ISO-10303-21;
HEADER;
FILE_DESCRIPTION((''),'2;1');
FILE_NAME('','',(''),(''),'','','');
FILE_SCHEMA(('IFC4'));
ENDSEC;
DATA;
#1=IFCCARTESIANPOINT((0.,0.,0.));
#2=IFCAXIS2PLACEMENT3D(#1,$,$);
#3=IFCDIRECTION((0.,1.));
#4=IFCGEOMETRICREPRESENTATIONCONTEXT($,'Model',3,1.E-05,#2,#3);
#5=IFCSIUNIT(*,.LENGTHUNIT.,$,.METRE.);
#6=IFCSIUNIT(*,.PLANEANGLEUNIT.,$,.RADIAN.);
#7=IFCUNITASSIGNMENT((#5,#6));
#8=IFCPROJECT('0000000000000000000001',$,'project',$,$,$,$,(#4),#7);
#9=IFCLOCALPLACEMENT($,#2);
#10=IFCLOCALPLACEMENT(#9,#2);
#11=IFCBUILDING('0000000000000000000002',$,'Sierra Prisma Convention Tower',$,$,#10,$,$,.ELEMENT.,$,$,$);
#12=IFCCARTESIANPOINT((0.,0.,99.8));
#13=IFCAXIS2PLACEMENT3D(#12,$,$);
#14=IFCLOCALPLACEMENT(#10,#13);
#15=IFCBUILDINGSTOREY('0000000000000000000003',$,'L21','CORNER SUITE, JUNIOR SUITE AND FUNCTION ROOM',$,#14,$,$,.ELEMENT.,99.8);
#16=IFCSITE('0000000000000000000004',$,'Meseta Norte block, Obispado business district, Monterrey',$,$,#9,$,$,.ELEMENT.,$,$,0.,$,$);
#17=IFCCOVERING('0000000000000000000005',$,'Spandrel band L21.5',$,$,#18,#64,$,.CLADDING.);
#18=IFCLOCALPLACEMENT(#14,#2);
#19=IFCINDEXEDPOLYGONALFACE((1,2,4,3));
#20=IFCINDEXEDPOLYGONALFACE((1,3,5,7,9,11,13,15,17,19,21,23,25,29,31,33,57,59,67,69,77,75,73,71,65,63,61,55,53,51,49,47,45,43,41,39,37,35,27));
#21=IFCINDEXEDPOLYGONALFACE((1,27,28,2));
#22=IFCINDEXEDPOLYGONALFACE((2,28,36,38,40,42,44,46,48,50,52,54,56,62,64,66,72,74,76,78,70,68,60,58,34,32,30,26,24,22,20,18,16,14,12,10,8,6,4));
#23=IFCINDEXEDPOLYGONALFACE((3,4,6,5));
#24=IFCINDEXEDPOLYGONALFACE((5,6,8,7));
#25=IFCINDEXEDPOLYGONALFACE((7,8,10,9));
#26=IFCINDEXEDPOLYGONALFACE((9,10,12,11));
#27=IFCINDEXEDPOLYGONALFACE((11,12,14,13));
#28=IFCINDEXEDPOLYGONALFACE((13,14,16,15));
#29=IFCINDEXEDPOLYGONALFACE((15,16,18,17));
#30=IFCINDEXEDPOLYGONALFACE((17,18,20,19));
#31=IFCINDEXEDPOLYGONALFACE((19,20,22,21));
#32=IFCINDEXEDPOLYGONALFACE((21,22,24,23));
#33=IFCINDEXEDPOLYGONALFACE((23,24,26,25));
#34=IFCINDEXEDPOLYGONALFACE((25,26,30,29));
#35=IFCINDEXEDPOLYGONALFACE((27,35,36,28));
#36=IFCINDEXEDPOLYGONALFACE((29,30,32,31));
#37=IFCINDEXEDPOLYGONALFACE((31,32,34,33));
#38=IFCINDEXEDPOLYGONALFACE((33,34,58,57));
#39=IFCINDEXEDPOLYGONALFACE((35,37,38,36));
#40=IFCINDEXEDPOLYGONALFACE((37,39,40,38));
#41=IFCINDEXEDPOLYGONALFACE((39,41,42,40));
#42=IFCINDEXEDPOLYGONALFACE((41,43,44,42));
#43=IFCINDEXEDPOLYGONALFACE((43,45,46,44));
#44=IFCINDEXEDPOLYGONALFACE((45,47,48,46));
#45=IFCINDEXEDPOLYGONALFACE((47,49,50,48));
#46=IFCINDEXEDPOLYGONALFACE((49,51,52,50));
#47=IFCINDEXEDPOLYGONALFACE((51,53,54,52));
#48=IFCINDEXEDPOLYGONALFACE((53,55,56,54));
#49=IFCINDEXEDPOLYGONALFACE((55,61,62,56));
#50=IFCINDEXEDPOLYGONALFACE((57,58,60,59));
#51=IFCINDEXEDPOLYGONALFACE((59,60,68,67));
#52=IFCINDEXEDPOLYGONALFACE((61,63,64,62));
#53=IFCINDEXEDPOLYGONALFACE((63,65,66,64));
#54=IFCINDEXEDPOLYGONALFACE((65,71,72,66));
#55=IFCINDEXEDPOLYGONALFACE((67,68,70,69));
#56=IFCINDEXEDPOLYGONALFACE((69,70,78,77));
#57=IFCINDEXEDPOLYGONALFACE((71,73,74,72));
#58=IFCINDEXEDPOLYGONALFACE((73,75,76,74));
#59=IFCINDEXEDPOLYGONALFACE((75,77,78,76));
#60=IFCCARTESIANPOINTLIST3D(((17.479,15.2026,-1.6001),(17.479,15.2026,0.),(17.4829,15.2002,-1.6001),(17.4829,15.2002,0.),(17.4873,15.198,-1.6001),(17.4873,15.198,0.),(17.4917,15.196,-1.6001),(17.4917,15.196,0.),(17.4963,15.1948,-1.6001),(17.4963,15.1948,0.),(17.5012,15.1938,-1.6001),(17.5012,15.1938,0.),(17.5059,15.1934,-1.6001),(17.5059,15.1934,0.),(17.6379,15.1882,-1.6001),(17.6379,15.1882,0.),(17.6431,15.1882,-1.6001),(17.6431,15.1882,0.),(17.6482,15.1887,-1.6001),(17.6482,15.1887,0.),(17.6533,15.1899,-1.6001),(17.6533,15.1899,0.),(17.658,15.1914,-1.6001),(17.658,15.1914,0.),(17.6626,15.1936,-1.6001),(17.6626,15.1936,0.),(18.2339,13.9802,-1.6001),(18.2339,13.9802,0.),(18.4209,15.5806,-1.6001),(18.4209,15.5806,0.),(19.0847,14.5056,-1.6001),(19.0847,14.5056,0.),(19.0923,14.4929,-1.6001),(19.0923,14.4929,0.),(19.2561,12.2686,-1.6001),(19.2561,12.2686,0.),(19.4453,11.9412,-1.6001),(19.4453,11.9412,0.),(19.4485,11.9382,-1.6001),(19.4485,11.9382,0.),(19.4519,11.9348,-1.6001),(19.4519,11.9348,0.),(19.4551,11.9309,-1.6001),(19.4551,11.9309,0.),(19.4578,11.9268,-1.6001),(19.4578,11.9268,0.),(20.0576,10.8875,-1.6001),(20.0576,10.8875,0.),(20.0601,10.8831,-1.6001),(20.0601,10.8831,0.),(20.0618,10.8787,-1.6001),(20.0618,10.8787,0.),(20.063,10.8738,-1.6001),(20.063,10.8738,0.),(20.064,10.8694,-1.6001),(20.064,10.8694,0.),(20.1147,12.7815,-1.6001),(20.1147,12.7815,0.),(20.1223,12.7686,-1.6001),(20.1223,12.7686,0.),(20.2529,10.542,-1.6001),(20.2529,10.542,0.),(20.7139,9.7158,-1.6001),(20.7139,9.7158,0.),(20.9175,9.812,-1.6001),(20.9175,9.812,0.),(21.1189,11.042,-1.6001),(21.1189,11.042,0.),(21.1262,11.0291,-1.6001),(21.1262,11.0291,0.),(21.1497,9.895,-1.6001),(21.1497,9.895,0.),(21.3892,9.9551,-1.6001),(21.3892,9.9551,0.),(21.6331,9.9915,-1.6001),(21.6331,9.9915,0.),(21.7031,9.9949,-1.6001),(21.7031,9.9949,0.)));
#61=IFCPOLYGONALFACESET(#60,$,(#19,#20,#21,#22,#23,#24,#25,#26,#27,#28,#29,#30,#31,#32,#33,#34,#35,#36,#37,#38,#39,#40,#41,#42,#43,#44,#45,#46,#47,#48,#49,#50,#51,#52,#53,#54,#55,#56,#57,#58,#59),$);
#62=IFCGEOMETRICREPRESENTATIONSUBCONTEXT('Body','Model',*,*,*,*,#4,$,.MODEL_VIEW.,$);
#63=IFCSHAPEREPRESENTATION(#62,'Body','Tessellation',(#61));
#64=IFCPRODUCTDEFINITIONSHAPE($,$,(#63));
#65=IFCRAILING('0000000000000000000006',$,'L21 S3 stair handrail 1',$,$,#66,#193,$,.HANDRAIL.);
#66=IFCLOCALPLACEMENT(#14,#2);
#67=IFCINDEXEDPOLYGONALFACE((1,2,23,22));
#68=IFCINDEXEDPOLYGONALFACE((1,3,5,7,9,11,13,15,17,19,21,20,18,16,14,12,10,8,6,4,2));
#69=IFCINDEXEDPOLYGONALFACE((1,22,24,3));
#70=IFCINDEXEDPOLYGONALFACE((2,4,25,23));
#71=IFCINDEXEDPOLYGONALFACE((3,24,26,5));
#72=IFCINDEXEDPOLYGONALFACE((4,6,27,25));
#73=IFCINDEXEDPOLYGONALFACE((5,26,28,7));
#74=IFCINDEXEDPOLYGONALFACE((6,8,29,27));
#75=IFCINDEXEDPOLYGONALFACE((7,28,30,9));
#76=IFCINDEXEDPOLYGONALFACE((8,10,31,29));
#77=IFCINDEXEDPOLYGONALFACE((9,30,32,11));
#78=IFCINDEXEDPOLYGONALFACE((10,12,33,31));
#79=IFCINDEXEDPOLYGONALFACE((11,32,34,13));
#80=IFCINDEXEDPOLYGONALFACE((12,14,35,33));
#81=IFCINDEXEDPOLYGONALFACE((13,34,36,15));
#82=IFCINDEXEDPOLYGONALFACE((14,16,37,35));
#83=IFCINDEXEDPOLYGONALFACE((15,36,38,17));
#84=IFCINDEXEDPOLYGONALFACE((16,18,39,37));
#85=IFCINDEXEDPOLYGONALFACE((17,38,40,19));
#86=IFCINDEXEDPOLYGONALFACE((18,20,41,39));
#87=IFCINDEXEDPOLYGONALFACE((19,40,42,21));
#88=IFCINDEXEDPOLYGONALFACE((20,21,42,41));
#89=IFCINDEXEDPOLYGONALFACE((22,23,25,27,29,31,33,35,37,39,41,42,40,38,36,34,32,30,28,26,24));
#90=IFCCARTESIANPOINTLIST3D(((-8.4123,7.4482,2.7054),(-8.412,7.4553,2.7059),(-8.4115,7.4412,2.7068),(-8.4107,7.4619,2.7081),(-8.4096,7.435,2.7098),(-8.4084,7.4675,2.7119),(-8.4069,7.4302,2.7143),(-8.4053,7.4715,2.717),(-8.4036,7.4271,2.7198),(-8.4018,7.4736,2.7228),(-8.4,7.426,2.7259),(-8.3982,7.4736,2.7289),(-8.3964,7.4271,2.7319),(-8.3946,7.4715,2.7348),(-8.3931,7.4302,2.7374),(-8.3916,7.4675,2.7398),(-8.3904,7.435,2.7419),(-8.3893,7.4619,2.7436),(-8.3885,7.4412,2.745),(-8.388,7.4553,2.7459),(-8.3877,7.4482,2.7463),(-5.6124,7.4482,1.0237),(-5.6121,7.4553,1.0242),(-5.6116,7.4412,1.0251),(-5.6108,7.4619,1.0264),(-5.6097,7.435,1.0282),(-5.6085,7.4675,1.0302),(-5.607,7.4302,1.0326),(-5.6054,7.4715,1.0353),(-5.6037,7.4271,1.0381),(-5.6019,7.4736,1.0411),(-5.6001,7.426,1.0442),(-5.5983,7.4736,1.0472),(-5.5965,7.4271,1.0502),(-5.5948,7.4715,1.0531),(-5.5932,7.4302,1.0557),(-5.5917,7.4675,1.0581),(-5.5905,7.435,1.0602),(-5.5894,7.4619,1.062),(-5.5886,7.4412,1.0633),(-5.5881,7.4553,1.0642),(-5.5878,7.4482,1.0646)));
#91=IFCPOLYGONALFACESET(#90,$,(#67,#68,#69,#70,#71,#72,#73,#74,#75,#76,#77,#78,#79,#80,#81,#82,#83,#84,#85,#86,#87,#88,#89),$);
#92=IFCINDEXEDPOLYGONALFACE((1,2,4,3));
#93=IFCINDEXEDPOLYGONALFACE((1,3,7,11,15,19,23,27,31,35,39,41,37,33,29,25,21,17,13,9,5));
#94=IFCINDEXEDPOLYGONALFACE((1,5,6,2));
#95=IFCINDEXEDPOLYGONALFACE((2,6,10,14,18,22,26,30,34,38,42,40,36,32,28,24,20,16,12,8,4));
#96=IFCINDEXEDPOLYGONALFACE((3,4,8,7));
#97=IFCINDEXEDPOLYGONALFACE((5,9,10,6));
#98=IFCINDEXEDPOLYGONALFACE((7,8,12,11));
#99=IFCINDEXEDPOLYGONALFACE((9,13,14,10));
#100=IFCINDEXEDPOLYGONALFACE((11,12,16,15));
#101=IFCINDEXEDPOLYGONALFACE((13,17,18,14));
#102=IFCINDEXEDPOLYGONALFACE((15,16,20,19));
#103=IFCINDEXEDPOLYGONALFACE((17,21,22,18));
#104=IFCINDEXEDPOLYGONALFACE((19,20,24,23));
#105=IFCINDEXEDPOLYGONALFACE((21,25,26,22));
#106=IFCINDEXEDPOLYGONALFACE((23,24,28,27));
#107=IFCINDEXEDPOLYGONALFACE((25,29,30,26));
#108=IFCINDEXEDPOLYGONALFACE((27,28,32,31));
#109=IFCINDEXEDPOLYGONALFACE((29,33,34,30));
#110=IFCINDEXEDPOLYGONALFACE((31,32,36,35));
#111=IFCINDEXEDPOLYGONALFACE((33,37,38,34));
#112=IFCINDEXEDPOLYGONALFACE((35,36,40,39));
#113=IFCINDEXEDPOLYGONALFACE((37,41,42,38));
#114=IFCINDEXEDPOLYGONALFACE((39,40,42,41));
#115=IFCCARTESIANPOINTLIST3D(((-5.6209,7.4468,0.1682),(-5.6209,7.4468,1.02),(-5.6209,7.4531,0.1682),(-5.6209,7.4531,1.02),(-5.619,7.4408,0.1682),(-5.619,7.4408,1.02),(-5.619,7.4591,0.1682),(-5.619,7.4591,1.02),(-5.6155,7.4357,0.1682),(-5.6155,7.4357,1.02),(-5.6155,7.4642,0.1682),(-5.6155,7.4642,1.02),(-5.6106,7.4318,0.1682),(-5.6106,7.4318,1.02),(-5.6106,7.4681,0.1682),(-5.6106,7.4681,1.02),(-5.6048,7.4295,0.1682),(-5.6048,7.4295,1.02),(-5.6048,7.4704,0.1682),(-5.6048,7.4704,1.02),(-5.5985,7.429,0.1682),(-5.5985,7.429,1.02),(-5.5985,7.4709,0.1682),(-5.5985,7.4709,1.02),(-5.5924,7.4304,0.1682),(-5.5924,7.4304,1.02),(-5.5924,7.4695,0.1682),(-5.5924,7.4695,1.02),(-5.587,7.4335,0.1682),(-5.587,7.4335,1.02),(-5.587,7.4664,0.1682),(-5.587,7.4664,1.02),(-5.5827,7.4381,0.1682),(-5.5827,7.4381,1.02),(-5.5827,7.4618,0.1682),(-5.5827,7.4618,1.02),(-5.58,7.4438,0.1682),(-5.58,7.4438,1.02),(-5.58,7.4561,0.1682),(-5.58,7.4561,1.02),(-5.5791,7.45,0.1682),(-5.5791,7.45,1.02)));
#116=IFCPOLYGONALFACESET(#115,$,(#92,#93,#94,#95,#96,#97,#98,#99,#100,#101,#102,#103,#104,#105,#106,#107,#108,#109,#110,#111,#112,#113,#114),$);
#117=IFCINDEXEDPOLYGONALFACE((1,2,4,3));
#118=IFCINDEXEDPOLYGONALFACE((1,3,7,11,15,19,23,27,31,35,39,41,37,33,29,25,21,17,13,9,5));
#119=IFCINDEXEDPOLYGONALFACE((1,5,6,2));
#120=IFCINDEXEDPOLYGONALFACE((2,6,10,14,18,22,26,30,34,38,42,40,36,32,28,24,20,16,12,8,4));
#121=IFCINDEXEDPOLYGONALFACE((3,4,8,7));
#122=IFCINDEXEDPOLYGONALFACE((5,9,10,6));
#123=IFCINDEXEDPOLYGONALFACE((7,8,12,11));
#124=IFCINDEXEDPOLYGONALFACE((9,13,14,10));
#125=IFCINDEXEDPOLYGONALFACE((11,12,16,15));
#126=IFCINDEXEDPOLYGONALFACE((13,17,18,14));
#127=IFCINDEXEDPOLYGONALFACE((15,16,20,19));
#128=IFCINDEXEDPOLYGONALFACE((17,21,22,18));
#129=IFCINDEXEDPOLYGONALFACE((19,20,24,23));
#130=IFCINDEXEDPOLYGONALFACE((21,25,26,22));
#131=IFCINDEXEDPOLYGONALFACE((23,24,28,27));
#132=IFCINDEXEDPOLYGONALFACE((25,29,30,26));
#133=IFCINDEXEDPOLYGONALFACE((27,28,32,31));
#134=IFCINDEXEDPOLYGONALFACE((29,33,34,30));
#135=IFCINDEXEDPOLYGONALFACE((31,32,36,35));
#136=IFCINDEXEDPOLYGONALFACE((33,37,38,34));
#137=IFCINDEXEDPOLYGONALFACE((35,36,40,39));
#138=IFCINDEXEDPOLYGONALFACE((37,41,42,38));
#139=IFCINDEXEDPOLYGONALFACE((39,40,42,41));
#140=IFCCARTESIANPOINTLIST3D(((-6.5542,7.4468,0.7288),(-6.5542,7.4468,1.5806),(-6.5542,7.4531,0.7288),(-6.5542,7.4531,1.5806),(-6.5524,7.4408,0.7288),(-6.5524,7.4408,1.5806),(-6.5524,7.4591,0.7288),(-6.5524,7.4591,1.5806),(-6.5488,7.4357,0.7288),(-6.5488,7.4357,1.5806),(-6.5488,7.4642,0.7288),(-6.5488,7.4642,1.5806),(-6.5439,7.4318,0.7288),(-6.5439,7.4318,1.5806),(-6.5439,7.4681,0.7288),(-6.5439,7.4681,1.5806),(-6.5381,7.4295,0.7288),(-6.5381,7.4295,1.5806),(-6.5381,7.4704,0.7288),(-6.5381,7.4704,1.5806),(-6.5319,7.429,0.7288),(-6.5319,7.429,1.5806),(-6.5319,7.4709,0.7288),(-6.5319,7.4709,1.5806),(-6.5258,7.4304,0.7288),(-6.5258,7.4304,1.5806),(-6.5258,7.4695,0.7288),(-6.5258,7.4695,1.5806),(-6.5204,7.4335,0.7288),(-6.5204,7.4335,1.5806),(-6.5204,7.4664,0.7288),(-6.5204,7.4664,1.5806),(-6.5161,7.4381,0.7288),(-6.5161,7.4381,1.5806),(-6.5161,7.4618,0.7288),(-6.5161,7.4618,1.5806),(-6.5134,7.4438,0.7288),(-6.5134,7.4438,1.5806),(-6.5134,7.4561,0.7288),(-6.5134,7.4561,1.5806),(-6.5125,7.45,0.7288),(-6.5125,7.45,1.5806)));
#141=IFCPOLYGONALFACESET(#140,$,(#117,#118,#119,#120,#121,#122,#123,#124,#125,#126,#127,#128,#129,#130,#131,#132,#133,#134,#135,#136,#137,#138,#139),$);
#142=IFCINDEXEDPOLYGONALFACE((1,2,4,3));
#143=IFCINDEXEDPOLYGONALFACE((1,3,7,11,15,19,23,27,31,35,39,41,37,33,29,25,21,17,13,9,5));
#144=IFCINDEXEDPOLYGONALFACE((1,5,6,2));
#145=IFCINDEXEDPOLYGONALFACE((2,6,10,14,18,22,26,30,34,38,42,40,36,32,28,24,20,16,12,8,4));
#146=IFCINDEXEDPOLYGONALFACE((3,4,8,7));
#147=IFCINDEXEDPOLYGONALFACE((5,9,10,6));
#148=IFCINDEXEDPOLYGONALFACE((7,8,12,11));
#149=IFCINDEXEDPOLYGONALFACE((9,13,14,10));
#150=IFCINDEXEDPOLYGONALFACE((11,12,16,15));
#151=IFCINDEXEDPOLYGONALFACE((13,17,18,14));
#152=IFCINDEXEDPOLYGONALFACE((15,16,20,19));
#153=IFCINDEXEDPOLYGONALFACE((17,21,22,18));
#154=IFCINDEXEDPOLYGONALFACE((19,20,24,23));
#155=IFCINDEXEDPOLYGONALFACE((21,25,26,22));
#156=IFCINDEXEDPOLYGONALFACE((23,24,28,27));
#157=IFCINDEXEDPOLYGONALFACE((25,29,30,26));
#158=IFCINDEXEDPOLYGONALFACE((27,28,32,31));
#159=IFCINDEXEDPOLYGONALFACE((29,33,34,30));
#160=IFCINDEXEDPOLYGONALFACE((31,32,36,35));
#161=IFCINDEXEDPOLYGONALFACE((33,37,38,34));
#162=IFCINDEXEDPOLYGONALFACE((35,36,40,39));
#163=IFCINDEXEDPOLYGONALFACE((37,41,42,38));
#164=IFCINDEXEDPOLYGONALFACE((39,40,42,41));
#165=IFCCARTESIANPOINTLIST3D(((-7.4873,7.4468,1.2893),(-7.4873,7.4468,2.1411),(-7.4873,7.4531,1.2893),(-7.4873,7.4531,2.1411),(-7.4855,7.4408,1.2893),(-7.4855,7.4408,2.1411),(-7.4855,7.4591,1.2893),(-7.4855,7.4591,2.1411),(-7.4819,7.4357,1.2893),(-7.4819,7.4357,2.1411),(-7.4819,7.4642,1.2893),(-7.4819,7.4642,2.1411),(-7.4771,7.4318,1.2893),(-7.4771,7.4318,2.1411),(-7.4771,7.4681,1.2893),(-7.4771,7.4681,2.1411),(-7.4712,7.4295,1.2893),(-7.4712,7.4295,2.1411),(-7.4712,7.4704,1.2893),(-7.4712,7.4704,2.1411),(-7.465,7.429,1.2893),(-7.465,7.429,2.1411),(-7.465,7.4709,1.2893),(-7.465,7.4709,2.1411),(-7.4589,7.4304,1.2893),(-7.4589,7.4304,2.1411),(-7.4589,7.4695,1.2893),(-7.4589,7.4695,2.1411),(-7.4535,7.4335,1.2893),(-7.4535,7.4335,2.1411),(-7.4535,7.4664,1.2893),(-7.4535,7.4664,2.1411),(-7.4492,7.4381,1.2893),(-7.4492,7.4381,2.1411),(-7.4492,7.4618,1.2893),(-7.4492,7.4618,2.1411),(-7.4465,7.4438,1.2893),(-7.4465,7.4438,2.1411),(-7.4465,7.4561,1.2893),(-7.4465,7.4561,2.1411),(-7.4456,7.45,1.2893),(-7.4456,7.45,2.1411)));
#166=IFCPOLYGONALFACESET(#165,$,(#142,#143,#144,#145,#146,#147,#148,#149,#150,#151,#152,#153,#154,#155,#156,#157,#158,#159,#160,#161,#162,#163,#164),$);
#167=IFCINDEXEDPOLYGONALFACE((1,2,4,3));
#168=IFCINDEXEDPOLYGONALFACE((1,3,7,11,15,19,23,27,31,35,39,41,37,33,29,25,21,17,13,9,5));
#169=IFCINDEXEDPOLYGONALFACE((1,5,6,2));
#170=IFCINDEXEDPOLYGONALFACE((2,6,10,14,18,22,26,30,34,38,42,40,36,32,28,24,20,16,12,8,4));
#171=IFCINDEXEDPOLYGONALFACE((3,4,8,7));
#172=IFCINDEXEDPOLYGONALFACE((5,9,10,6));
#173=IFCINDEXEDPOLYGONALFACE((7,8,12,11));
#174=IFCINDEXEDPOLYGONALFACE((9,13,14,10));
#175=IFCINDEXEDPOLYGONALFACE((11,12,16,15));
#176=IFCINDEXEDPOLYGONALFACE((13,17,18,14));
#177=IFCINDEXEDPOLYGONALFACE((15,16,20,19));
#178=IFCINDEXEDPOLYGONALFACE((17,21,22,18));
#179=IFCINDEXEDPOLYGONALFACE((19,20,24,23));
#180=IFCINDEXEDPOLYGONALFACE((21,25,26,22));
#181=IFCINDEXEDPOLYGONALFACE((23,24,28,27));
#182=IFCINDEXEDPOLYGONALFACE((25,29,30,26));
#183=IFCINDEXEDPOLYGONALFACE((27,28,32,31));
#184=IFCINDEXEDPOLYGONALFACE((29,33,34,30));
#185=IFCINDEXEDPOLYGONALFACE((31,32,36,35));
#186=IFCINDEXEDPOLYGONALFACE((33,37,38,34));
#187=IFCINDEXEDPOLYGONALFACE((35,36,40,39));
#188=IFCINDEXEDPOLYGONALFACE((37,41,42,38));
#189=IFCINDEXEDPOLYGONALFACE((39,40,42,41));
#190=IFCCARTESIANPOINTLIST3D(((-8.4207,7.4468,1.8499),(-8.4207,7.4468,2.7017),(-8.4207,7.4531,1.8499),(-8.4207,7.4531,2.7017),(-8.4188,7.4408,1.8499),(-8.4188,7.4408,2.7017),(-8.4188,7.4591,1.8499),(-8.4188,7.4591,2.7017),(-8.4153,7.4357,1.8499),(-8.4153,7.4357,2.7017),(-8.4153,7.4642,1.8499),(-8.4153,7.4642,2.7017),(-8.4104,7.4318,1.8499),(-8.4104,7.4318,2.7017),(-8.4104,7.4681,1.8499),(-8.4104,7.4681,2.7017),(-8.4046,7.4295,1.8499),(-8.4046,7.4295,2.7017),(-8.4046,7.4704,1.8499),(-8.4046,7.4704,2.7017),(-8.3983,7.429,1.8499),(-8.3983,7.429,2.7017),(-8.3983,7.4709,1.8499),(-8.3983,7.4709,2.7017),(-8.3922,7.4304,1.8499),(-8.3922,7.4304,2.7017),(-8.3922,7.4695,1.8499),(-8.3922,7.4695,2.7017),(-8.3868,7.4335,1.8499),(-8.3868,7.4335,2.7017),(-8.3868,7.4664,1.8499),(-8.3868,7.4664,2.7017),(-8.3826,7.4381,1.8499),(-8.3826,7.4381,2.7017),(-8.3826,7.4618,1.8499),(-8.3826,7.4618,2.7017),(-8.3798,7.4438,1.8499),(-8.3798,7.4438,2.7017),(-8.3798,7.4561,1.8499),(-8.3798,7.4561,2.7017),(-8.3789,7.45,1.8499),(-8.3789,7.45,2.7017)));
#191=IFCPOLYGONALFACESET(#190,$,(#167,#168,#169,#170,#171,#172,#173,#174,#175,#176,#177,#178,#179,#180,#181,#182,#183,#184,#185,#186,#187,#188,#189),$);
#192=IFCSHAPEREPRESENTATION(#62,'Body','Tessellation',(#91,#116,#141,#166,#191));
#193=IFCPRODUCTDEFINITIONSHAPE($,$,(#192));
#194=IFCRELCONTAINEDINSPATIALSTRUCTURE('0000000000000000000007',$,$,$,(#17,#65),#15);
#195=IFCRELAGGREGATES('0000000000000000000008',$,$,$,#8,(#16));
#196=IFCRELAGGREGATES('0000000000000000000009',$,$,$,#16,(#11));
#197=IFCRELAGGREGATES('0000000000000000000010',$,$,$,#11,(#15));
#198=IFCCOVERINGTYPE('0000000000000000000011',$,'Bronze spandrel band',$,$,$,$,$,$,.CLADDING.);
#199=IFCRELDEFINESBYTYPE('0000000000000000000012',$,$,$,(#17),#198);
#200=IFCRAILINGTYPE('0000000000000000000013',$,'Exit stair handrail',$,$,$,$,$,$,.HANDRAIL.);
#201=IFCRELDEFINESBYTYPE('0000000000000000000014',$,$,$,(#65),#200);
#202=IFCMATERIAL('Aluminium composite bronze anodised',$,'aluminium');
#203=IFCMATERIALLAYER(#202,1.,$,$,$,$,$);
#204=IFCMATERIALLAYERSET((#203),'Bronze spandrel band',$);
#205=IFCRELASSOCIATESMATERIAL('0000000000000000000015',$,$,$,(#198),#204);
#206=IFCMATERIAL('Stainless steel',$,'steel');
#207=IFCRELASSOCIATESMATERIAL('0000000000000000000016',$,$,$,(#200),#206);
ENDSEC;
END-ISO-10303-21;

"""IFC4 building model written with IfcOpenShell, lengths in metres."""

from ifc_helpers import new_model, si_unit, direction, frame, origin, origin_2d, place, context, subcontext, project, spatial, polyline, circle, outline, extrude, material, layer, layer_set, type_object, element, save


model = new_model("IFC4")

# Units and contexts
model_context = context("Model", 3, precision=1e-05, world=origin(), true_north=direction((0.0, 1.0)))
body_context = subcontext(model_context, "Body", "Model", "MODEL_VIEW")
ifc_project = project(units=[si_unit("LENGTHUNIT", "METRE"), si_unit("PLANEANGLEUNIT", "RADIAN")], contexts=[model_context])

# Site, building, storey
site_placement = place(None, origin())
site = spatial("IfcSite", under=ifc_project, at=site_placement, Name="Meseta Norte block, Obispado business district, Monterrey", CompositionType="ELEMENT", RefElevation=0.0)
building_placement = place(site_placement, origin())
building = spatial("IfcBuilding", under=site, at=building_placement, Name="Sierra Prisma Convention Tower", CompositionType="ELEMENT")
storey_placement = place(building_placement, frame((0.0, 0.0, 99.8)))
storey = spatial("IfcBuildingStorey", under=building, at=storey_placement, Name="L21", Description="CORNER SUITE, JUNIOR SUITE AND FUNCTION ROOM", CompositionType="ELEMENT", Elevation=99.8)

# Covering
ifc_material_1 = material(Name="Aluminium composite bronze anodised", Category="aluminium")
ifc_layer_1 = layer(ifc_material_1, 1.0)
ifc_layer_set_1 = layer_set([ifc_layer_1], Name="Bronze spandrel band")
covering_type_1 = type_object("IfcCoveringType", Name="Bronze spandrel band", PredefinedType="CLADDING", material=ifc_layer_set_1)
covering_1_placement = place(storey_placement, frame((0.0, 0.0, -1.6001)))
element("IfcCovering", 1, at=covering_1_placement, inside=storey, type_object=covering_type_1, Name="Spandrel band L21.5", PredefinedType="CLADDING", context=body_context, shape_type="SweptSolid", body=[
    extrude(outline(polyline([(17.6379, 15.1882), (17.6431, 15.1882), (17.6482, 15.1887), (17.6533, 15.1899), (17.658, 15.1914), (17.6626, 15.1936), (18.4209, 15.5806), (19.0847, 14.5056), (19.0923, 14.4929), (20.1147, 12.7815), (20.1223, 12.7686), (21.1189, 11.042), (21.1262, 11.0291), (21.7031, 9.9949), (21.6331, 9.9915), (21.3892, 9.9551), (21.1497, 9.895), (20.9175, 9.812), (20.7139, 9.7158), (20.2529, 10.542), (20.064, 10.8694), (20.063, 10.8738), (20.0618, 10.8787), (20.0601, 10.8831), (20.0576, 10.8875), (19.4578, 11.9268), (19.4551, 11.9309), (19.4519, 11.9348), (19.4485, 11.9382), (19.4453, 11.9412), (19.2561, 12.2686), (18.2339, 13.9802), (17.479, 15.2026), (17.4829, 15.2002), (17.4873, 15.198), (17.4917, 15.196), (17.4963, 15.1948), (17.5012, 15.1938), (17.5059, 15.1934), (17.6379, 15.1882)])), origin(), (0.0, 0.0, 1.0), 1.6001),
])

# Railing
ifc_material_2 = material(Name="Stainless steel", Category="steel")
railing_type_1 = type_object("IfcRailingType", Name="Exit stair handrail", PredefinedType="HANDRAIL", material=ifc_material_2)
railing_1_placement = place(storey_placement, frame((-5.6001, 7.45, 0.1682)))
element("IfcRailing", 2, at=railing_1_placement, inside=storey, type_object=railing_type_1, Name="L21 S3 stair handrail 1", PredefinedType="HANDRAIL", context=body_context, shape_type="SweptSolid", body=[
    extrude(circle(Radius=0.0239, at=origin_2d()), frame((0.0, 0.0, 0.876), z_axis=(-0.857255, 0.0, 0.514891), x_axis=(0.0, -1.0, 0.0)), (0.0, 0.0, 1.0), 3.2661),
    extrude(circle(Radius=0.021, at=origin_2d()), origin(), (0.0, 0.0, 1.0), 0.8518),
    extrude(circle(Radius=0.021, at=origin_2d()), frame((-0.9333, 0.0, 0.5605)), (0.0, 0.0, 1.0), 0.8518),
    extrude(circle(Radius=0.021, at=origin_2d()), frame((-1.8665, 0.0, 1.1211)), (0.0, 0.0, 1.0), 0.8518),
    extrude(circle(Radius=0.021, at=origin_2d()), frame((-2.7998, 0.0, 1.6816)), (0.0, 0.0, 1.0), 0.8518),
])

save(model, "model.ifc")
